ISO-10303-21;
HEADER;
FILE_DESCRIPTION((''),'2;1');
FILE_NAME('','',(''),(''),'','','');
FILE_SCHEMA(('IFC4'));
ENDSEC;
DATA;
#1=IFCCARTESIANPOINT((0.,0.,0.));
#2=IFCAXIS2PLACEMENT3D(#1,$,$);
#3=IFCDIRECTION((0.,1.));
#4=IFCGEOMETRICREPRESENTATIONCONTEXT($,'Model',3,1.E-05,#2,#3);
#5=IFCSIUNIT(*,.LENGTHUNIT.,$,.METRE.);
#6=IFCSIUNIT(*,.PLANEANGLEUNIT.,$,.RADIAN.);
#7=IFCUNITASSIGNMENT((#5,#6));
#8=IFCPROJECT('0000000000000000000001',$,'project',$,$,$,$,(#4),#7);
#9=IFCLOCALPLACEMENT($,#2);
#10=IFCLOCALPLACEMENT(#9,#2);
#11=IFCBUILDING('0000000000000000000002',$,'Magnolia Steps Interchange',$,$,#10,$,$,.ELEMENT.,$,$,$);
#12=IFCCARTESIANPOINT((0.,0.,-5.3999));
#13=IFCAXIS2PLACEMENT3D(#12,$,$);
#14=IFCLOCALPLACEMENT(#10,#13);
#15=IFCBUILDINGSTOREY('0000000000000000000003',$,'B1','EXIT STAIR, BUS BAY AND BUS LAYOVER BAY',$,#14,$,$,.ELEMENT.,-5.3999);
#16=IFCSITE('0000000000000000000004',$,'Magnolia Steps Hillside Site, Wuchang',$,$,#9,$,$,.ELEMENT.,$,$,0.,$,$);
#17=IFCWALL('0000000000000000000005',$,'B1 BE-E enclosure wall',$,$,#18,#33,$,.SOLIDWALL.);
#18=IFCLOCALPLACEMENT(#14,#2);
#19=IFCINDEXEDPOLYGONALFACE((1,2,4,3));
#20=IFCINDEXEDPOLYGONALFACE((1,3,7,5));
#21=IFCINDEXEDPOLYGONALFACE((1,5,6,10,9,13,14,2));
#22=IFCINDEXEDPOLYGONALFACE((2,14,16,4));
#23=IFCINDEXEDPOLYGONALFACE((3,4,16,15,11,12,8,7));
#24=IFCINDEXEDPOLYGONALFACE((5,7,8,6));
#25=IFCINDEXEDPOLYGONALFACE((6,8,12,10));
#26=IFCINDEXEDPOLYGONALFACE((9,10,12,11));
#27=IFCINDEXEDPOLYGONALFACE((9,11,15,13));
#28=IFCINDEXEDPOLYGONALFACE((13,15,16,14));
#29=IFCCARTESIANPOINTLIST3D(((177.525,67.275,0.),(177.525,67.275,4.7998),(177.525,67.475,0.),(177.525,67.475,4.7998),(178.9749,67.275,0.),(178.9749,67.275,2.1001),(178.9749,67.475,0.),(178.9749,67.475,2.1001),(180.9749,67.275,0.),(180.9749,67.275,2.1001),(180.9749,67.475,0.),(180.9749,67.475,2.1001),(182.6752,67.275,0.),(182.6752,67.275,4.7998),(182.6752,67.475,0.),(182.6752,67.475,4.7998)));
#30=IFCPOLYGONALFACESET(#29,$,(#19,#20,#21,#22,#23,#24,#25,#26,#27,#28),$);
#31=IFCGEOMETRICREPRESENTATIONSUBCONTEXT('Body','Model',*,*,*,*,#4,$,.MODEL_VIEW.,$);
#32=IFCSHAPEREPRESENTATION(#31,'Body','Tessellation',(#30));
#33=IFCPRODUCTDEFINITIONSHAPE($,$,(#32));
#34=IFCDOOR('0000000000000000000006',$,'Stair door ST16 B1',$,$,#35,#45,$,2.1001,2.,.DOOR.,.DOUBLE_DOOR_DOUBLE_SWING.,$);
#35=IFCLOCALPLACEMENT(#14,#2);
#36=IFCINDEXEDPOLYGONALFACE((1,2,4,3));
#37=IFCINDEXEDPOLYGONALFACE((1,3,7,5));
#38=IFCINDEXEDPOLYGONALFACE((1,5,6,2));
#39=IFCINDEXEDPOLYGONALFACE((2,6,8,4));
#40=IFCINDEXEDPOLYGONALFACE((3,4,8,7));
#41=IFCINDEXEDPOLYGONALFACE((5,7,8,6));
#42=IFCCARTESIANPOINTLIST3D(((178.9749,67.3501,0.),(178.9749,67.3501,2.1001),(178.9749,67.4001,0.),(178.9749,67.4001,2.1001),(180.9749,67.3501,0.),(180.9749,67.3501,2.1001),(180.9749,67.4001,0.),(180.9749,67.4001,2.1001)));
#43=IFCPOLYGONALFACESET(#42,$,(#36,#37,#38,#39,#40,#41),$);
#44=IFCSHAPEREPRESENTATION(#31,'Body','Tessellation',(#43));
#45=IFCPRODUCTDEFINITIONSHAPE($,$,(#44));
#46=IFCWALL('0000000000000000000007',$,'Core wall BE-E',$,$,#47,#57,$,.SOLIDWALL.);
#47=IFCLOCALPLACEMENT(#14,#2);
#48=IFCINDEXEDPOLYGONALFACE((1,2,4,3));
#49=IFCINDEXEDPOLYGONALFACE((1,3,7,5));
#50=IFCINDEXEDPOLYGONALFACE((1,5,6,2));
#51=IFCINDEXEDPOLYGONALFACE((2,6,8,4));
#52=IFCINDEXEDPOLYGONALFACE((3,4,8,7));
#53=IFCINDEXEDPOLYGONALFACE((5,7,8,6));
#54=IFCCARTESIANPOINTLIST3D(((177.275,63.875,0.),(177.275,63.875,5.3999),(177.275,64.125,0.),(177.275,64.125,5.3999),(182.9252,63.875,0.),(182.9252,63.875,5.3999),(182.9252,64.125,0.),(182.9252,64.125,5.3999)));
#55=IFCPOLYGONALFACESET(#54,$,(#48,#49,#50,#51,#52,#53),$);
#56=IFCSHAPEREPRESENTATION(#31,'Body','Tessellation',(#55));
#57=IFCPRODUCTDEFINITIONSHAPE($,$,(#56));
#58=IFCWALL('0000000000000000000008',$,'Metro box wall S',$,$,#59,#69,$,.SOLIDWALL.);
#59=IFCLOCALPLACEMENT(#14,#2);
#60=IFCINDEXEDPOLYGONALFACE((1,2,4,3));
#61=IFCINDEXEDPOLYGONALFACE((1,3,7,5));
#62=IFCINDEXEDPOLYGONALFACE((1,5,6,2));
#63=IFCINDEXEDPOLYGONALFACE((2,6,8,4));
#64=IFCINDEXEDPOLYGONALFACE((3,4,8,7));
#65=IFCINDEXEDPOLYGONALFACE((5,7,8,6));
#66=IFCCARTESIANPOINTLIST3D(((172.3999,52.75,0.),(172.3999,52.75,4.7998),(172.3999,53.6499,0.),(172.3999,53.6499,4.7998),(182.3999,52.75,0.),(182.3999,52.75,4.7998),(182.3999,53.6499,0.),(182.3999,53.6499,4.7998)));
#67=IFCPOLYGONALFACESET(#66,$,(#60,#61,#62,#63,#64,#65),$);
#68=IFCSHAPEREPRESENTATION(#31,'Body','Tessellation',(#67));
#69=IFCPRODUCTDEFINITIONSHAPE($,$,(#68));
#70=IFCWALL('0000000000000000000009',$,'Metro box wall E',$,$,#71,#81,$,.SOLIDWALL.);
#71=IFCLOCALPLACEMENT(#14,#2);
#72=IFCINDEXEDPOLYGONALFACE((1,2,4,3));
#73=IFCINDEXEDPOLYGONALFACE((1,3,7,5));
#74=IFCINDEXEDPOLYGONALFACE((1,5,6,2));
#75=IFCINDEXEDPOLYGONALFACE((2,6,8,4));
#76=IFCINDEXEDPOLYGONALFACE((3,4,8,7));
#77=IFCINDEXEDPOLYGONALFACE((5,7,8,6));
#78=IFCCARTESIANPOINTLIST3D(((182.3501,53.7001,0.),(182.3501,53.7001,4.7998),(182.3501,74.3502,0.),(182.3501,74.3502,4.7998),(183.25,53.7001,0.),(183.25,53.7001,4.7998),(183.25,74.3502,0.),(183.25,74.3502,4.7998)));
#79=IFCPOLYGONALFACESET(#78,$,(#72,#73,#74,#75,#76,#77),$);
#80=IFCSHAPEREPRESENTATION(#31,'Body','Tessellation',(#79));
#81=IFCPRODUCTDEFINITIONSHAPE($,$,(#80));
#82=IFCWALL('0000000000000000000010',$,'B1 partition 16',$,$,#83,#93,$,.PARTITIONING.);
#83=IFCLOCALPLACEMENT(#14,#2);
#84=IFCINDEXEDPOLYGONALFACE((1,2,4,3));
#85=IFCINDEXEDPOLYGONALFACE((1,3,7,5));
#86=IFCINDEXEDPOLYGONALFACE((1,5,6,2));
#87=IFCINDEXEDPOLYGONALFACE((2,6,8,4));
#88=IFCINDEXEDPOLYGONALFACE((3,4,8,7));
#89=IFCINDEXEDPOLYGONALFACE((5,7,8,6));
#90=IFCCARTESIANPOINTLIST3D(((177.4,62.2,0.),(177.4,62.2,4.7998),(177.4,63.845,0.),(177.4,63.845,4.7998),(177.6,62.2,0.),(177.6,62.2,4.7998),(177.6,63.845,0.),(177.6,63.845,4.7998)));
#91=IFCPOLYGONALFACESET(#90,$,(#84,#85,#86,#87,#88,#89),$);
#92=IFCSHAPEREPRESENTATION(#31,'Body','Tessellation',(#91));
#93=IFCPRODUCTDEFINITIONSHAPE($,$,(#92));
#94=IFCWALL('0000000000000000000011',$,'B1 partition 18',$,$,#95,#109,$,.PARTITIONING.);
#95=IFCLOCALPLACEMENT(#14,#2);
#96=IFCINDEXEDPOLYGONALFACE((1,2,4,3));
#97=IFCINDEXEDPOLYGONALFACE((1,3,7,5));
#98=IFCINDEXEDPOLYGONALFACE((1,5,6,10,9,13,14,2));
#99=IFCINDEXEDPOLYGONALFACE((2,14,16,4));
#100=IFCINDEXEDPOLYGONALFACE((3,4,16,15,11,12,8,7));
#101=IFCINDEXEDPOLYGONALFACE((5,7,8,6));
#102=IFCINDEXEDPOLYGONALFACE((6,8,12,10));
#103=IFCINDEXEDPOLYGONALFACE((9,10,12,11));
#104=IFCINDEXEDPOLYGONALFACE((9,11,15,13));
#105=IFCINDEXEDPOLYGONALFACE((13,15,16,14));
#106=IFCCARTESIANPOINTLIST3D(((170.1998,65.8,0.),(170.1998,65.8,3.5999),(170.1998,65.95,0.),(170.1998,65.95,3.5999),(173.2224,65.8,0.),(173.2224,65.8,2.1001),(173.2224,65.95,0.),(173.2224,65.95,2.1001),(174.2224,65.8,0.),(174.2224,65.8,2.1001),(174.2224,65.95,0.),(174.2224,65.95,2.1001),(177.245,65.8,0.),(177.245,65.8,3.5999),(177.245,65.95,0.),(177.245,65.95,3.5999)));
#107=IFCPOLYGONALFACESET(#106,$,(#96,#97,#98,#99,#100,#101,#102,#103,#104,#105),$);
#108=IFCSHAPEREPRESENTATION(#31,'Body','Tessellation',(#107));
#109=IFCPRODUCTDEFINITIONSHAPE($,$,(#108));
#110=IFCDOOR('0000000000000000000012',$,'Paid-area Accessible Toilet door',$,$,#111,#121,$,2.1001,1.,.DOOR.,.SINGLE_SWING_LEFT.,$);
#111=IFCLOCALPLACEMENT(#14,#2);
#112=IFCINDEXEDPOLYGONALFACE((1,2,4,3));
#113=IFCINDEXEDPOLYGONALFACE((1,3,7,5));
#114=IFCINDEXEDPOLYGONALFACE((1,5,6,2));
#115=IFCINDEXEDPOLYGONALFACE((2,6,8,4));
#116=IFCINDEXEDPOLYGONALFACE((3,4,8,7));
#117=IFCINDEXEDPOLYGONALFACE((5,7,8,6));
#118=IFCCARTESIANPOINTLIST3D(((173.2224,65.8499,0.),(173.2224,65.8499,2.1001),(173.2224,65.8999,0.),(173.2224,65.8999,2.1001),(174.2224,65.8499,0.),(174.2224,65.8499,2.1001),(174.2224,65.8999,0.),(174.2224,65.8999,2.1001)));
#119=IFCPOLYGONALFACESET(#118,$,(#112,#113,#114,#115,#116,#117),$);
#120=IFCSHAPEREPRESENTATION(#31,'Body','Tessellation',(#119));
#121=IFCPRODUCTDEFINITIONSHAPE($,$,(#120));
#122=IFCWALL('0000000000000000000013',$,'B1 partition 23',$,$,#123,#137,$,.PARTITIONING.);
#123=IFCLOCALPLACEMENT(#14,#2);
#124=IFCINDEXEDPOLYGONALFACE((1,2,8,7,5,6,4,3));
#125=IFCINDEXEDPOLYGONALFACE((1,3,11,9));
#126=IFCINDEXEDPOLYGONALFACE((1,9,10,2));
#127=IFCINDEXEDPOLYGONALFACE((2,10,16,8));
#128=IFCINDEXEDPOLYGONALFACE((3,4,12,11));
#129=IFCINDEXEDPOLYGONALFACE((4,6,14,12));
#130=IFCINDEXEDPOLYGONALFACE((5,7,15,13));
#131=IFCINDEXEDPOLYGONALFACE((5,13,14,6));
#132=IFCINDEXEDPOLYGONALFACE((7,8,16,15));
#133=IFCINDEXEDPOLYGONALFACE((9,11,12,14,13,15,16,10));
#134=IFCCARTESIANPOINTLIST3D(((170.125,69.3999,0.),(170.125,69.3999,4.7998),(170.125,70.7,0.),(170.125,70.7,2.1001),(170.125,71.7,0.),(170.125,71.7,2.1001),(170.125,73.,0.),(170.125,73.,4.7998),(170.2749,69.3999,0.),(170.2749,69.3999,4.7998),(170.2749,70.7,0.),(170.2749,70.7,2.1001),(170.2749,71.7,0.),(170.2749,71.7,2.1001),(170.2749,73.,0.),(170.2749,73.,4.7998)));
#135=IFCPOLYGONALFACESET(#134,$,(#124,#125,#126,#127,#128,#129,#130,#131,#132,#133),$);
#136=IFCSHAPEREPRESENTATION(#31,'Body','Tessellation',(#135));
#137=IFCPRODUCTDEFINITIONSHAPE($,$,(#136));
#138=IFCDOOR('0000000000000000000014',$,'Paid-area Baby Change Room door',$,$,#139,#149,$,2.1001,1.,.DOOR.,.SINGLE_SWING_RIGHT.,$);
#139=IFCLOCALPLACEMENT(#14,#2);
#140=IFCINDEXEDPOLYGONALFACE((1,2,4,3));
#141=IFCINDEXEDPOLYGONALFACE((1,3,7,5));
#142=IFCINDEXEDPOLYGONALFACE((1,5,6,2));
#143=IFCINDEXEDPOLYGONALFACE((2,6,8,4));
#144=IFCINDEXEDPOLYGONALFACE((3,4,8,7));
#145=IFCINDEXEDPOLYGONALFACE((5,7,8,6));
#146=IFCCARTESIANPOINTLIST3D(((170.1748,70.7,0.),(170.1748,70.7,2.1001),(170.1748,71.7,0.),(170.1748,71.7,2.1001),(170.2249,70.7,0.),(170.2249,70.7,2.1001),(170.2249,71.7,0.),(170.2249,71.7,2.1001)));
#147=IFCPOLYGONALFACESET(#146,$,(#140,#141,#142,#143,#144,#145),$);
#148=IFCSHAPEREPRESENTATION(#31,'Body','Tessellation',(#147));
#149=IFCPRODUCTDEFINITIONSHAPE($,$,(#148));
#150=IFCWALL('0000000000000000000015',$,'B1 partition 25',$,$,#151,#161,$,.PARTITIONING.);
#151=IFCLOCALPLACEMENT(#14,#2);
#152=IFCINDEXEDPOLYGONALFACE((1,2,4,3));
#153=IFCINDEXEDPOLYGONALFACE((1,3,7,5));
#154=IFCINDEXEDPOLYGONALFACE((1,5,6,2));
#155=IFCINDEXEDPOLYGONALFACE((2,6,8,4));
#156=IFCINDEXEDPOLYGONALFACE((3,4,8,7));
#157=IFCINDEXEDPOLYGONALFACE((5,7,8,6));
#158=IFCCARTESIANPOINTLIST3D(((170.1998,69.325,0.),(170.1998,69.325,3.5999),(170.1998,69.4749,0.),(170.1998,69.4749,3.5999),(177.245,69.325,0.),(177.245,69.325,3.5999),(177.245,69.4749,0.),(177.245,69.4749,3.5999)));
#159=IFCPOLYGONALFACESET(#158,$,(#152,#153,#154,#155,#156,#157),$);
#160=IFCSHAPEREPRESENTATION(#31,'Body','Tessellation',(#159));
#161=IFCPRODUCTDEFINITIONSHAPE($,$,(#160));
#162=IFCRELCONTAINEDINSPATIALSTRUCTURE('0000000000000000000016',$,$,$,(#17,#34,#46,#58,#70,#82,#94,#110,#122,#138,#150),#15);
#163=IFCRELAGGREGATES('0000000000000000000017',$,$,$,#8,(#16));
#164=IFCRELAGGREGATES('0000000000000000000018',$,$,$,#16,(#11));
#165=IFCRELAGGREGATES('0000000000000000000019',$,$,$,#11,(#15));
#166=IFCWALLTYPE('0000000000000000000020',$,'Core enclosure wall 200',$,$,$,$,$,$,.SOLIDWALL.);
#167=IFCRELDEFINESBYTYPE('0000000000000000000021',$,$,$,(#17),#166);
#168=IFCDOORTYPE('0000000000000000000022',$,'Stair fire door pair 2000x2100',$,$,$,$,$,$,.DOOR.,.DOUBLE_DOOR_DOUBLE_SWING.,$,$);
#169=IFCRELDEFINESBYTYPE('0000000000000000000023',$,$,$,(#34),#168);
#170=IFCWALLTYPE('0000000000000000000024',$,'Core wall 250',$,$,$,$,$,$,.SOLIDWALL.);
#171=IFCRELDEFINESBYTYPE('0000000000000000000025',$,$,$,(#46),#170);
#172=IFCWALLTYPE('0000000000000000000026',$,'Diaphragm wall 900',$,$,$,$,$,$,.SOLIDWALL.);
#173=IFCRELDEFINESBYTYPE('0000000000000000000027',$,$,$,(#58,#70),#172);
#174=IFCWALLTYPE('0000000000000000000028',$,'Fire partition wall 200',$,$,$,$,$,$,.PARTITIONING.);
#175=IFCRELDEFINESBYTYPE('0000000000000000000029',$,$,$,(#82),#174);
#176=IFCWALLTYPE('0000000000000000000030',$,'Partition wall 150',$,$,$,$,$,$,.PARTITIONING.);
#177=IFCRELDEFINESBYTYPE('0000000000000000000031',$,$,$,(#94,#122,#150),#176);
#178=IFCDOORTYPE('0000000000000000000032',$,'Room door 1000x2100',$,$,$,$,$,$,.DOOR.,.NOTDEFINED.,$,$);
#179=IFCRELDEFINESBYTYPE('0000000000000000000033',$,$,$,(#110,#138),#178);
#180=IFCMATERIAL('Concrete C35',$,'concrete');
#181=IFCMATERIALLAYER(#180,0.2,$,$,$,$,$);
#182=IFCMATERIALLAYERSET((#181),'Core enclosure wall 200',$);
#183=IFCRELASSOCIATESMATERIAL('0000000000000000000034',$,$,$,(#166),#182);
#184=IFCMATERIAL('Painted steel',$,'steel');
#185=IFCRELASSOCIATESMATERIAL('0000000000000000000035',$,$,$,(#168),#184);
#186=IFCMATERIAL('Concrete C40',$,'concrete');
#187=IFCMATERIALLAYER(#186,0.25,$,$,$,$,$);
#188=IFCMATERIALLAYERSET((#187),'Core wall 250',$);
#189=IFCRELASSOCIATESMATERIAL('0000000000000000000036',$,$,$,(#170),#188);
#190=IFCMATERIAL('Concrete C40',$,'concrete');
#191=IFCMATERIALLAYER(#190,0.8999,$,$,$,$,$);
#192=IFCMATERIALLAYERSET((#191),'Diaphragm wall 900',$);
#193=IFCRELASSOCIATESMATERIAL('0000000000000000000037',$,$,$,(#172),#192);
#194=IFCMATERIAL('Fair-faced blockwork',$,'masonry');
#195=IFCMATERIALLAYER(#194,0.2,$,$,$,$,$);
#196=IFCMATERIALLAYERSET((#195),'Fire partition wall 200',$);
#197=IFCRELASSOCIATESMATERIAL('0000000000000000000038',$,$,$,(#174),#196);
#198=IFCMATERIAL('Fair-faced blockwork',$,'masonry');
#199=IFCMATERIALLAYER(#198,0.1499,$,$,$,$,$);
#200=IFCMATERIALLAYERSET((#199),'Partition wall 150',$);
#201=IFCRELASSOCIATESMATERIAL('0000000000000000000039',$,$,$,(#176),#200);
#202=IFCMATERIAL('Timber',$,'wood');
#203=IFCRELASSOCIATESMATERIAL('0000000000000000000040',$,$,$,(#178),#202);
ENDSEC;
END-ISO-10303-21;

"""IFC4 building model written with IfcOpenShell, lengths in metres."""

from ifc_helpers import new_model, si_unit, direction, frame, frame_2d, origin, place, context, subcontext, project, spatial, rectangle, extrude, material, layer, layer_set, type_object, element, fill, save


model = new_model("IFC4")

# Units and contexts
model_context = context("Model", 3, precision=1e-05, world=origin(), true_north=direction((0.0, 1.0)))
body_context = subcontext(model_context, "Body", "Model", "MODEL_VIEW")
ifc_project = project(units=[si_unit("LENGTHUNIT", "METRE"), si_unit("PLANEANGLEUNIT", "RADIAN")], contexts=[model_context])

# Site, building, storey
site_placement = place(None, origin())
site = spatial("IfcSite", under=ifc_project, at=site_placement, Name="Magnolia Steps Hillside Site, Wuchang", CompositionType="ELEMENT", RefElevation=0.0)
building_placement = place(site_placement, origin())
building = spatial("IfcBuilding", under=site, at=building_placement, Name="Magnolia Steps Interchange", CompositionType="ELEMENT")
storey_placement = place(building_placement, frame((0.0, 0.0, -5.3999)))
storey = spatial("IfcBuildingStorey", under=building, at=storey_placement, Name="B1", Description="EXIT STAIR, BUS BAY AND BUS LAYOVER BAY", CompositionType="ELEMENT", Elevation=-5.3999)

# Wall, opening, door
ifc_material_1 = material(Name="Concrete C35", Category="concrete")
ifc_layer_1 = layer(ifc_material_1, 0.2)
ifc_layer_set_1 = layer_set([ifc_layer_1], Name="Core enclosure wall 200")
wall_type_1 = type_object("IfcWallType", Name="Core enclosure wall 200", PredefinedType="SOLIDWALL", material=ifc_layer_set_1)
wall_1_placement = place(storey_placement, frame((177.5249, 67.375, 0.0), z_axis=(0.0, 0.0, 1.0), x_axis=(1.0, 0.0, 0.0)))
wall_1 = element("IfcWall", 1, at=wall_1_placement, inside=storey, type_object=wall_type_1, Name="B1 BE-E enclosure wall", PredefinedType="SOLIDWALL", context=body_context, shape_type="SweptSolid", body=[
    extrude(rectangle(XDim=5.1501, YDim=0.2, at=frame_2d((2.5752, 0.0))), origin(), (0.0, 0.0, 1.0), 4.7998),
])
opening_1_placement = place(wall_1_placement, frame((1.45, 0.0, 0.0)))
opening_1 = element("IfcOpeningElement", 2, at=opening_1_placement, cuts=wall_1, PredefinedType="OPENING", context=body_context, shape_type="SweptSolid", body=[
    extrude(rectangle(XDim=2.0, YDim=2.1001, at=frame_2d((1.0, 1.05))), frame((0.0, 0.1099, 0.0), z_axis=(0.0, -1.0, 0.0), x_axis=(1.0, 0.0, 0.0)), (0.0, 0.0, 1.0), 0.22),
])
ifc_material_2 = material(Name="Painted steel", Category="steel")
door_type_1 = type_object("IfcDoorType", Name="Stair fire door pair 2000x2100", OperationType="DOUBLE_DOOR_DOUBLE_SWING", PredefinedType="DOOR", material=ifc_material_2)
door_1_placement = place(opening_1_placement, frame((2.0, 0.0, 0.0), z_axis=(0.0, 0.0, 1.0), x_axis=(-1.0, 0.0, 0.0)))
door_1 = element("IfcDoor", 3, at=door_1_placement, inside=storey, type_object=door_type_1, Name="Stair door ST16 B1", OperationType="DOUBLE_DOOR_DOUBLE_SWING", OverallHeight=2.1001, OverallWidth=2.0, PredefinedType="DOOR", context=body_context, shape_type="SweptSolid", body=[
    extrude(rectangle(XDim=2.0, YDim=2.1001, at=frame_2d((1.0, 1.05))), frame((0.0, 0.0249, 0.0), z_axis=(0.0, -1.0, 0.0), x_axis=(1.0, 0.0, 0.0)), (0.0, 0.0, 1.0), 0.05),
])
fill(opening_1, door_1)

# Walls
ifc_material_3 = material(Name="Concrete C40", Category="concrete")
ifc_layer_2 = layer(ifc_material_3, 0.25)
ifc_layer_set_2 = layer_set([ifc_layer_2], Name="Core wall 250")
wall_type_2 = type_object("IfcWallType", Name="Core wall 250", PredefinedType="SOLIDWALL", material=ifc_layer_set_2)
wall_2_placement = place(storey_placement, frame((177.2749, 64.0, 0.0), z_axis=(0.0, 0.0, 1.0), x_axis=(1.0, 0.0, 0.0)))
element("IfcWall", 4, at=wall_2_placement, inside=storey, type_object=wall_type_2, Name="Core wall BE-E", PredefinedType="SOLIDWALL", context=body_context, shape_type="SweptSolid", body=[
    extrude(rectangle(XDim=5.6501, YDim=0.25, at=frame_2d((2.8252, 0.0))), origin(), (0.0, 0.0, 1.0), 5.3999),
])
ifc_material_4 = material(Name="Concrete C40", Category="concrete")
ifc_layer_3 = layer(ifc_material_4, 0.8999)
ifc_layer_set_3 = layer_set([ifc_layer_3], Name="Diaphragm wall 900")
wall_type_3 = type_object("IfcWallType", Name="Diaphragm wall 900", PredefinedType="SOLIDWALL", material=ifc_layer_set_3)
wall_3_placement = place(storey_placement, frame((172.3999, 53.2, 0.0), z_axis=(0.0, 0.0, 1.0), x_axis=(1.0, 0.0, 0.0)))
element("IfcWall", 5, at=wall_3_placement, inside=storey, type_object=wall_type_3, Name="Metro box wall S", PredefinedType="SOLIDWALL", context=body_context, shape_type="SweptSolid", body=[
    extrude(rectangle(XDim=10.0, YDim=0.8999, at=frame_2d((5.0, 0.0))), origin(), (0.0, 0.0, 1.0), 4.7998),
])
wall_4_placement = place(storey_placement, frame((182.8, 53.7, 0.0), z_axis=(0.0, 0.0, 1.0), x_axis=(0.0, 1.0, 0.0)))
element("IfcWall", 6, at=wall_4_placement, inside=storey, type_object=wall_type_3, Name="Metro box wall E", PredefinedType="SOLIDWALL", context=body_context, shape_type="SweptSolid", body=[
    extrude(rectangle(XDim=20.6501, YDim=0.8999, at=frame_2d((10.3252, 0.0))), origin(), (0.0, 0.0, 1.0), 4.7998),
])
ifc_material_5 = material(Name="Fair-faced blockwork", Category="masonry")
ifc_layer_4 = layer(ifc_material_5, 0.2)
ifc_layer_set_4 = layer_set([ifc_layer_4], Name="Fire partition wall 200")
wall_type_4 = type_object("IfcWallType", Name="Fire partition wall 200", PredefinedType="PARTITIONING", material=ifc_layer_set_4)
wall_5_placement = place(storey_placement, frame((177.5, 62.2, 0.0), z_axis=(0.0, 0.0, 1.0), x_axis=(0.0, 1.0, 0.0)))
element("IfcWall", 7, at=wall_5_placement, inside=storey, type_object=wall_type_4, Name="B1 partition 16", PredefinedType="PARTITIONING", context=body_context, shape_type="SweptSolid", body=[
    extrude(rectangle(XDim=1.645, YDim=0.2, at=frame_2d((0.8225, 0.0))), origin(), (0.0, 0.0, 1.0), 4.7998),
])

# Walls, openings, doors
ifc_material_6 = material(Name="Fair-faced blockwork", Category="masonry")
ifc_layer_5 = layer(ifc_material_6, 0.1499)
ifc_layer_set_5 = layer_set([ifc_layer_5], Name="Partition wall 150")
wall_type_5 = type_object("IfcWallType", Name="Partition wall 150", PredefinedType="PARTITIONING", material=ifc_layer_set_5)
wall_6_placement = place(storey_placement, frame((170.2, 65.875, 0.0), z_axis=(0.0, 0.0, 1.0), x_axis=(1.0, 0.0, 0.0)))
wall_6 = element("IfcWall", 8, at=wall_6_placement, inside=storey, type_object=wall_type_5, Name="B1 partition 18", PredefinedType="PARTITIONING", context=body_context, shape_type="SweptSolid", body=[
    extrude(rectangle(XDim=7.0452, YDim=0.1499, at=frame_2d((3.5225, 0.0))), origin(), (0.0, 0.0, 1.0), 3.5999),
])
opening_2_placement = place(wall_6_placement, frame((3.0225, 0.0, 0.0)))
opening_2 = element("IfcOpeningElement", 9, at=opening_2_placement, cuts=wall_6, PredefinedType="OPENING", context=body_context, shape_type="SweptSolid", body=[
    extrude(rectangle(XDim=1.0, YDim=2.1001, at=frame_2d((0.5, 1.05))), frame((0.0, 0.085, 0.0), z_axis=(0.0, -1.0, 0.0), x_axis=(1.0, 0.0, 0.0)), (0.0, 0.0, 1.0), 0.1699),
])
ifc_material_7 = material(Name="Timber", Category="wood")
door_type_2 = type_object("IfcDoorType", Name="Room door 1000x2100", OperationType="NOTDEFINED", PredefinedType="DOOR", material=ifc_material_7)
door_2_placement = place(opening_2_placement, origin())
door_2 = element("IfcDoor", 10, at=door_2_placement, inside=storey, type_object=door_type_2, Name="Paid-area Accessible Toilet door", OperationType="SINGLE_SWING_LEFT", OverallHeight=2.1001, OverallWidth=1.0, PredefinedType="DOOR", context=body_context, shape_type="SweptSolid", body=[
    extrude(rectangle(XDim=1.0, YDim=2.1001, at=frame_2d((0.5, 1.05))), frame((0.0, 0.0249, 0.0), z_axis=(0.0, -1.0, 0.0), x_axis=(1.0, 0.0, 0.0)), (0.0, 0.0, 1.0), 0.05),
])
fill(opening_2, door_2)
wall_7_placement = place(storey_placement, frame((170.2, 69.3999, 0.0), z_axis=(0.0, 0.0, 1.0), x_axis=(0.0, 1.0, 0.0)))
wall_7 = element("IfcWall", 11, at=wall_7_placement, inside=storey, type_object=wall_type_5, Name="B1 partition 23", PredefinedType="PARTITIONING", context=body_context, shape_type="SweptSolid", body=[
    extrude(rectangle(XDim=3.6001, YDim=0.1499, at=frame_2d((1.8, 0.0))), origin(), (0.0, 0.0, 1.0), 4.7998),
])
opening_3_placement = place(wall_7_placement, frame((1.3, 0.0, 0.0)))
opening_3 = element("IfcOpeningElement", 12, at=opening_3_placement, cuts=wall_7, PredefinedType="OPENING", context=body_context, shape_type="SweptSolid", body=[
    extrude(rectangle(XDim=1.0, YDim=2.1001, at=frame_2d((0.5, 1.05))), frame((0.0, 0.085, 0.0), z_axis=(0.0, -1.0, 0.0), x_axis=(1.0, 0.0, 0.0)), (0.0, 0.0, 1.0), 0.1699),
])
door_3_placement = place(opening_3_placement, frame((1.0, 0.0, 0.0), z_axis=(0.0, 0.0, 1.0), x_axis=(-1.0, 0.0, 0.0)))
door_3 = element("IfcDoor", 13, at=door_3_placement, inside=storey, type_object=door_type_2, Name="Paid-area Baby Change Room door", OperationType="SINGLE_SWING_RIGHT", OverallHeight=2.1001, OverallWidth=1.0, PredefinedType="DOOR", context=body_context, shape_type="SweptSolid", body=[
    extrude(rectangle(XDim=1.0, YDim=2.1001, at=frame_2d((0.5, 1.05))), frame((0.0, 0.0249, 0.0), z_axis=(0.0, -1.0, 0.0), x_axis=(1.0, 0.0, 0.0)), (0.0, 0.0, 1.0), 0.05),
])
fill(opening_3, door_3)

# Wall
wall_8_placement = place(storey_placement, frame((170.2, 69.3999, 0.0), z_axis=(0.0, 0.0, 1.0), x_axis=(1.0, 0.0, 0.0)))
element("IfcWall", 14, at=wall_8_placement, inside=storey, type_object=wall_type_5, Name="B1 partition 25", PredefinedType="PARTITIONING", context=body_context, shape_type="SweptSolid", body=[
    extrude(rectangle(XDim=7.0452, YDim=0.1499, at=frame_2d((3.5225, 0.0))), origin(), (0.0, 0.0, 1.0), 3.5999),
])

save(model, "model.ifc")
